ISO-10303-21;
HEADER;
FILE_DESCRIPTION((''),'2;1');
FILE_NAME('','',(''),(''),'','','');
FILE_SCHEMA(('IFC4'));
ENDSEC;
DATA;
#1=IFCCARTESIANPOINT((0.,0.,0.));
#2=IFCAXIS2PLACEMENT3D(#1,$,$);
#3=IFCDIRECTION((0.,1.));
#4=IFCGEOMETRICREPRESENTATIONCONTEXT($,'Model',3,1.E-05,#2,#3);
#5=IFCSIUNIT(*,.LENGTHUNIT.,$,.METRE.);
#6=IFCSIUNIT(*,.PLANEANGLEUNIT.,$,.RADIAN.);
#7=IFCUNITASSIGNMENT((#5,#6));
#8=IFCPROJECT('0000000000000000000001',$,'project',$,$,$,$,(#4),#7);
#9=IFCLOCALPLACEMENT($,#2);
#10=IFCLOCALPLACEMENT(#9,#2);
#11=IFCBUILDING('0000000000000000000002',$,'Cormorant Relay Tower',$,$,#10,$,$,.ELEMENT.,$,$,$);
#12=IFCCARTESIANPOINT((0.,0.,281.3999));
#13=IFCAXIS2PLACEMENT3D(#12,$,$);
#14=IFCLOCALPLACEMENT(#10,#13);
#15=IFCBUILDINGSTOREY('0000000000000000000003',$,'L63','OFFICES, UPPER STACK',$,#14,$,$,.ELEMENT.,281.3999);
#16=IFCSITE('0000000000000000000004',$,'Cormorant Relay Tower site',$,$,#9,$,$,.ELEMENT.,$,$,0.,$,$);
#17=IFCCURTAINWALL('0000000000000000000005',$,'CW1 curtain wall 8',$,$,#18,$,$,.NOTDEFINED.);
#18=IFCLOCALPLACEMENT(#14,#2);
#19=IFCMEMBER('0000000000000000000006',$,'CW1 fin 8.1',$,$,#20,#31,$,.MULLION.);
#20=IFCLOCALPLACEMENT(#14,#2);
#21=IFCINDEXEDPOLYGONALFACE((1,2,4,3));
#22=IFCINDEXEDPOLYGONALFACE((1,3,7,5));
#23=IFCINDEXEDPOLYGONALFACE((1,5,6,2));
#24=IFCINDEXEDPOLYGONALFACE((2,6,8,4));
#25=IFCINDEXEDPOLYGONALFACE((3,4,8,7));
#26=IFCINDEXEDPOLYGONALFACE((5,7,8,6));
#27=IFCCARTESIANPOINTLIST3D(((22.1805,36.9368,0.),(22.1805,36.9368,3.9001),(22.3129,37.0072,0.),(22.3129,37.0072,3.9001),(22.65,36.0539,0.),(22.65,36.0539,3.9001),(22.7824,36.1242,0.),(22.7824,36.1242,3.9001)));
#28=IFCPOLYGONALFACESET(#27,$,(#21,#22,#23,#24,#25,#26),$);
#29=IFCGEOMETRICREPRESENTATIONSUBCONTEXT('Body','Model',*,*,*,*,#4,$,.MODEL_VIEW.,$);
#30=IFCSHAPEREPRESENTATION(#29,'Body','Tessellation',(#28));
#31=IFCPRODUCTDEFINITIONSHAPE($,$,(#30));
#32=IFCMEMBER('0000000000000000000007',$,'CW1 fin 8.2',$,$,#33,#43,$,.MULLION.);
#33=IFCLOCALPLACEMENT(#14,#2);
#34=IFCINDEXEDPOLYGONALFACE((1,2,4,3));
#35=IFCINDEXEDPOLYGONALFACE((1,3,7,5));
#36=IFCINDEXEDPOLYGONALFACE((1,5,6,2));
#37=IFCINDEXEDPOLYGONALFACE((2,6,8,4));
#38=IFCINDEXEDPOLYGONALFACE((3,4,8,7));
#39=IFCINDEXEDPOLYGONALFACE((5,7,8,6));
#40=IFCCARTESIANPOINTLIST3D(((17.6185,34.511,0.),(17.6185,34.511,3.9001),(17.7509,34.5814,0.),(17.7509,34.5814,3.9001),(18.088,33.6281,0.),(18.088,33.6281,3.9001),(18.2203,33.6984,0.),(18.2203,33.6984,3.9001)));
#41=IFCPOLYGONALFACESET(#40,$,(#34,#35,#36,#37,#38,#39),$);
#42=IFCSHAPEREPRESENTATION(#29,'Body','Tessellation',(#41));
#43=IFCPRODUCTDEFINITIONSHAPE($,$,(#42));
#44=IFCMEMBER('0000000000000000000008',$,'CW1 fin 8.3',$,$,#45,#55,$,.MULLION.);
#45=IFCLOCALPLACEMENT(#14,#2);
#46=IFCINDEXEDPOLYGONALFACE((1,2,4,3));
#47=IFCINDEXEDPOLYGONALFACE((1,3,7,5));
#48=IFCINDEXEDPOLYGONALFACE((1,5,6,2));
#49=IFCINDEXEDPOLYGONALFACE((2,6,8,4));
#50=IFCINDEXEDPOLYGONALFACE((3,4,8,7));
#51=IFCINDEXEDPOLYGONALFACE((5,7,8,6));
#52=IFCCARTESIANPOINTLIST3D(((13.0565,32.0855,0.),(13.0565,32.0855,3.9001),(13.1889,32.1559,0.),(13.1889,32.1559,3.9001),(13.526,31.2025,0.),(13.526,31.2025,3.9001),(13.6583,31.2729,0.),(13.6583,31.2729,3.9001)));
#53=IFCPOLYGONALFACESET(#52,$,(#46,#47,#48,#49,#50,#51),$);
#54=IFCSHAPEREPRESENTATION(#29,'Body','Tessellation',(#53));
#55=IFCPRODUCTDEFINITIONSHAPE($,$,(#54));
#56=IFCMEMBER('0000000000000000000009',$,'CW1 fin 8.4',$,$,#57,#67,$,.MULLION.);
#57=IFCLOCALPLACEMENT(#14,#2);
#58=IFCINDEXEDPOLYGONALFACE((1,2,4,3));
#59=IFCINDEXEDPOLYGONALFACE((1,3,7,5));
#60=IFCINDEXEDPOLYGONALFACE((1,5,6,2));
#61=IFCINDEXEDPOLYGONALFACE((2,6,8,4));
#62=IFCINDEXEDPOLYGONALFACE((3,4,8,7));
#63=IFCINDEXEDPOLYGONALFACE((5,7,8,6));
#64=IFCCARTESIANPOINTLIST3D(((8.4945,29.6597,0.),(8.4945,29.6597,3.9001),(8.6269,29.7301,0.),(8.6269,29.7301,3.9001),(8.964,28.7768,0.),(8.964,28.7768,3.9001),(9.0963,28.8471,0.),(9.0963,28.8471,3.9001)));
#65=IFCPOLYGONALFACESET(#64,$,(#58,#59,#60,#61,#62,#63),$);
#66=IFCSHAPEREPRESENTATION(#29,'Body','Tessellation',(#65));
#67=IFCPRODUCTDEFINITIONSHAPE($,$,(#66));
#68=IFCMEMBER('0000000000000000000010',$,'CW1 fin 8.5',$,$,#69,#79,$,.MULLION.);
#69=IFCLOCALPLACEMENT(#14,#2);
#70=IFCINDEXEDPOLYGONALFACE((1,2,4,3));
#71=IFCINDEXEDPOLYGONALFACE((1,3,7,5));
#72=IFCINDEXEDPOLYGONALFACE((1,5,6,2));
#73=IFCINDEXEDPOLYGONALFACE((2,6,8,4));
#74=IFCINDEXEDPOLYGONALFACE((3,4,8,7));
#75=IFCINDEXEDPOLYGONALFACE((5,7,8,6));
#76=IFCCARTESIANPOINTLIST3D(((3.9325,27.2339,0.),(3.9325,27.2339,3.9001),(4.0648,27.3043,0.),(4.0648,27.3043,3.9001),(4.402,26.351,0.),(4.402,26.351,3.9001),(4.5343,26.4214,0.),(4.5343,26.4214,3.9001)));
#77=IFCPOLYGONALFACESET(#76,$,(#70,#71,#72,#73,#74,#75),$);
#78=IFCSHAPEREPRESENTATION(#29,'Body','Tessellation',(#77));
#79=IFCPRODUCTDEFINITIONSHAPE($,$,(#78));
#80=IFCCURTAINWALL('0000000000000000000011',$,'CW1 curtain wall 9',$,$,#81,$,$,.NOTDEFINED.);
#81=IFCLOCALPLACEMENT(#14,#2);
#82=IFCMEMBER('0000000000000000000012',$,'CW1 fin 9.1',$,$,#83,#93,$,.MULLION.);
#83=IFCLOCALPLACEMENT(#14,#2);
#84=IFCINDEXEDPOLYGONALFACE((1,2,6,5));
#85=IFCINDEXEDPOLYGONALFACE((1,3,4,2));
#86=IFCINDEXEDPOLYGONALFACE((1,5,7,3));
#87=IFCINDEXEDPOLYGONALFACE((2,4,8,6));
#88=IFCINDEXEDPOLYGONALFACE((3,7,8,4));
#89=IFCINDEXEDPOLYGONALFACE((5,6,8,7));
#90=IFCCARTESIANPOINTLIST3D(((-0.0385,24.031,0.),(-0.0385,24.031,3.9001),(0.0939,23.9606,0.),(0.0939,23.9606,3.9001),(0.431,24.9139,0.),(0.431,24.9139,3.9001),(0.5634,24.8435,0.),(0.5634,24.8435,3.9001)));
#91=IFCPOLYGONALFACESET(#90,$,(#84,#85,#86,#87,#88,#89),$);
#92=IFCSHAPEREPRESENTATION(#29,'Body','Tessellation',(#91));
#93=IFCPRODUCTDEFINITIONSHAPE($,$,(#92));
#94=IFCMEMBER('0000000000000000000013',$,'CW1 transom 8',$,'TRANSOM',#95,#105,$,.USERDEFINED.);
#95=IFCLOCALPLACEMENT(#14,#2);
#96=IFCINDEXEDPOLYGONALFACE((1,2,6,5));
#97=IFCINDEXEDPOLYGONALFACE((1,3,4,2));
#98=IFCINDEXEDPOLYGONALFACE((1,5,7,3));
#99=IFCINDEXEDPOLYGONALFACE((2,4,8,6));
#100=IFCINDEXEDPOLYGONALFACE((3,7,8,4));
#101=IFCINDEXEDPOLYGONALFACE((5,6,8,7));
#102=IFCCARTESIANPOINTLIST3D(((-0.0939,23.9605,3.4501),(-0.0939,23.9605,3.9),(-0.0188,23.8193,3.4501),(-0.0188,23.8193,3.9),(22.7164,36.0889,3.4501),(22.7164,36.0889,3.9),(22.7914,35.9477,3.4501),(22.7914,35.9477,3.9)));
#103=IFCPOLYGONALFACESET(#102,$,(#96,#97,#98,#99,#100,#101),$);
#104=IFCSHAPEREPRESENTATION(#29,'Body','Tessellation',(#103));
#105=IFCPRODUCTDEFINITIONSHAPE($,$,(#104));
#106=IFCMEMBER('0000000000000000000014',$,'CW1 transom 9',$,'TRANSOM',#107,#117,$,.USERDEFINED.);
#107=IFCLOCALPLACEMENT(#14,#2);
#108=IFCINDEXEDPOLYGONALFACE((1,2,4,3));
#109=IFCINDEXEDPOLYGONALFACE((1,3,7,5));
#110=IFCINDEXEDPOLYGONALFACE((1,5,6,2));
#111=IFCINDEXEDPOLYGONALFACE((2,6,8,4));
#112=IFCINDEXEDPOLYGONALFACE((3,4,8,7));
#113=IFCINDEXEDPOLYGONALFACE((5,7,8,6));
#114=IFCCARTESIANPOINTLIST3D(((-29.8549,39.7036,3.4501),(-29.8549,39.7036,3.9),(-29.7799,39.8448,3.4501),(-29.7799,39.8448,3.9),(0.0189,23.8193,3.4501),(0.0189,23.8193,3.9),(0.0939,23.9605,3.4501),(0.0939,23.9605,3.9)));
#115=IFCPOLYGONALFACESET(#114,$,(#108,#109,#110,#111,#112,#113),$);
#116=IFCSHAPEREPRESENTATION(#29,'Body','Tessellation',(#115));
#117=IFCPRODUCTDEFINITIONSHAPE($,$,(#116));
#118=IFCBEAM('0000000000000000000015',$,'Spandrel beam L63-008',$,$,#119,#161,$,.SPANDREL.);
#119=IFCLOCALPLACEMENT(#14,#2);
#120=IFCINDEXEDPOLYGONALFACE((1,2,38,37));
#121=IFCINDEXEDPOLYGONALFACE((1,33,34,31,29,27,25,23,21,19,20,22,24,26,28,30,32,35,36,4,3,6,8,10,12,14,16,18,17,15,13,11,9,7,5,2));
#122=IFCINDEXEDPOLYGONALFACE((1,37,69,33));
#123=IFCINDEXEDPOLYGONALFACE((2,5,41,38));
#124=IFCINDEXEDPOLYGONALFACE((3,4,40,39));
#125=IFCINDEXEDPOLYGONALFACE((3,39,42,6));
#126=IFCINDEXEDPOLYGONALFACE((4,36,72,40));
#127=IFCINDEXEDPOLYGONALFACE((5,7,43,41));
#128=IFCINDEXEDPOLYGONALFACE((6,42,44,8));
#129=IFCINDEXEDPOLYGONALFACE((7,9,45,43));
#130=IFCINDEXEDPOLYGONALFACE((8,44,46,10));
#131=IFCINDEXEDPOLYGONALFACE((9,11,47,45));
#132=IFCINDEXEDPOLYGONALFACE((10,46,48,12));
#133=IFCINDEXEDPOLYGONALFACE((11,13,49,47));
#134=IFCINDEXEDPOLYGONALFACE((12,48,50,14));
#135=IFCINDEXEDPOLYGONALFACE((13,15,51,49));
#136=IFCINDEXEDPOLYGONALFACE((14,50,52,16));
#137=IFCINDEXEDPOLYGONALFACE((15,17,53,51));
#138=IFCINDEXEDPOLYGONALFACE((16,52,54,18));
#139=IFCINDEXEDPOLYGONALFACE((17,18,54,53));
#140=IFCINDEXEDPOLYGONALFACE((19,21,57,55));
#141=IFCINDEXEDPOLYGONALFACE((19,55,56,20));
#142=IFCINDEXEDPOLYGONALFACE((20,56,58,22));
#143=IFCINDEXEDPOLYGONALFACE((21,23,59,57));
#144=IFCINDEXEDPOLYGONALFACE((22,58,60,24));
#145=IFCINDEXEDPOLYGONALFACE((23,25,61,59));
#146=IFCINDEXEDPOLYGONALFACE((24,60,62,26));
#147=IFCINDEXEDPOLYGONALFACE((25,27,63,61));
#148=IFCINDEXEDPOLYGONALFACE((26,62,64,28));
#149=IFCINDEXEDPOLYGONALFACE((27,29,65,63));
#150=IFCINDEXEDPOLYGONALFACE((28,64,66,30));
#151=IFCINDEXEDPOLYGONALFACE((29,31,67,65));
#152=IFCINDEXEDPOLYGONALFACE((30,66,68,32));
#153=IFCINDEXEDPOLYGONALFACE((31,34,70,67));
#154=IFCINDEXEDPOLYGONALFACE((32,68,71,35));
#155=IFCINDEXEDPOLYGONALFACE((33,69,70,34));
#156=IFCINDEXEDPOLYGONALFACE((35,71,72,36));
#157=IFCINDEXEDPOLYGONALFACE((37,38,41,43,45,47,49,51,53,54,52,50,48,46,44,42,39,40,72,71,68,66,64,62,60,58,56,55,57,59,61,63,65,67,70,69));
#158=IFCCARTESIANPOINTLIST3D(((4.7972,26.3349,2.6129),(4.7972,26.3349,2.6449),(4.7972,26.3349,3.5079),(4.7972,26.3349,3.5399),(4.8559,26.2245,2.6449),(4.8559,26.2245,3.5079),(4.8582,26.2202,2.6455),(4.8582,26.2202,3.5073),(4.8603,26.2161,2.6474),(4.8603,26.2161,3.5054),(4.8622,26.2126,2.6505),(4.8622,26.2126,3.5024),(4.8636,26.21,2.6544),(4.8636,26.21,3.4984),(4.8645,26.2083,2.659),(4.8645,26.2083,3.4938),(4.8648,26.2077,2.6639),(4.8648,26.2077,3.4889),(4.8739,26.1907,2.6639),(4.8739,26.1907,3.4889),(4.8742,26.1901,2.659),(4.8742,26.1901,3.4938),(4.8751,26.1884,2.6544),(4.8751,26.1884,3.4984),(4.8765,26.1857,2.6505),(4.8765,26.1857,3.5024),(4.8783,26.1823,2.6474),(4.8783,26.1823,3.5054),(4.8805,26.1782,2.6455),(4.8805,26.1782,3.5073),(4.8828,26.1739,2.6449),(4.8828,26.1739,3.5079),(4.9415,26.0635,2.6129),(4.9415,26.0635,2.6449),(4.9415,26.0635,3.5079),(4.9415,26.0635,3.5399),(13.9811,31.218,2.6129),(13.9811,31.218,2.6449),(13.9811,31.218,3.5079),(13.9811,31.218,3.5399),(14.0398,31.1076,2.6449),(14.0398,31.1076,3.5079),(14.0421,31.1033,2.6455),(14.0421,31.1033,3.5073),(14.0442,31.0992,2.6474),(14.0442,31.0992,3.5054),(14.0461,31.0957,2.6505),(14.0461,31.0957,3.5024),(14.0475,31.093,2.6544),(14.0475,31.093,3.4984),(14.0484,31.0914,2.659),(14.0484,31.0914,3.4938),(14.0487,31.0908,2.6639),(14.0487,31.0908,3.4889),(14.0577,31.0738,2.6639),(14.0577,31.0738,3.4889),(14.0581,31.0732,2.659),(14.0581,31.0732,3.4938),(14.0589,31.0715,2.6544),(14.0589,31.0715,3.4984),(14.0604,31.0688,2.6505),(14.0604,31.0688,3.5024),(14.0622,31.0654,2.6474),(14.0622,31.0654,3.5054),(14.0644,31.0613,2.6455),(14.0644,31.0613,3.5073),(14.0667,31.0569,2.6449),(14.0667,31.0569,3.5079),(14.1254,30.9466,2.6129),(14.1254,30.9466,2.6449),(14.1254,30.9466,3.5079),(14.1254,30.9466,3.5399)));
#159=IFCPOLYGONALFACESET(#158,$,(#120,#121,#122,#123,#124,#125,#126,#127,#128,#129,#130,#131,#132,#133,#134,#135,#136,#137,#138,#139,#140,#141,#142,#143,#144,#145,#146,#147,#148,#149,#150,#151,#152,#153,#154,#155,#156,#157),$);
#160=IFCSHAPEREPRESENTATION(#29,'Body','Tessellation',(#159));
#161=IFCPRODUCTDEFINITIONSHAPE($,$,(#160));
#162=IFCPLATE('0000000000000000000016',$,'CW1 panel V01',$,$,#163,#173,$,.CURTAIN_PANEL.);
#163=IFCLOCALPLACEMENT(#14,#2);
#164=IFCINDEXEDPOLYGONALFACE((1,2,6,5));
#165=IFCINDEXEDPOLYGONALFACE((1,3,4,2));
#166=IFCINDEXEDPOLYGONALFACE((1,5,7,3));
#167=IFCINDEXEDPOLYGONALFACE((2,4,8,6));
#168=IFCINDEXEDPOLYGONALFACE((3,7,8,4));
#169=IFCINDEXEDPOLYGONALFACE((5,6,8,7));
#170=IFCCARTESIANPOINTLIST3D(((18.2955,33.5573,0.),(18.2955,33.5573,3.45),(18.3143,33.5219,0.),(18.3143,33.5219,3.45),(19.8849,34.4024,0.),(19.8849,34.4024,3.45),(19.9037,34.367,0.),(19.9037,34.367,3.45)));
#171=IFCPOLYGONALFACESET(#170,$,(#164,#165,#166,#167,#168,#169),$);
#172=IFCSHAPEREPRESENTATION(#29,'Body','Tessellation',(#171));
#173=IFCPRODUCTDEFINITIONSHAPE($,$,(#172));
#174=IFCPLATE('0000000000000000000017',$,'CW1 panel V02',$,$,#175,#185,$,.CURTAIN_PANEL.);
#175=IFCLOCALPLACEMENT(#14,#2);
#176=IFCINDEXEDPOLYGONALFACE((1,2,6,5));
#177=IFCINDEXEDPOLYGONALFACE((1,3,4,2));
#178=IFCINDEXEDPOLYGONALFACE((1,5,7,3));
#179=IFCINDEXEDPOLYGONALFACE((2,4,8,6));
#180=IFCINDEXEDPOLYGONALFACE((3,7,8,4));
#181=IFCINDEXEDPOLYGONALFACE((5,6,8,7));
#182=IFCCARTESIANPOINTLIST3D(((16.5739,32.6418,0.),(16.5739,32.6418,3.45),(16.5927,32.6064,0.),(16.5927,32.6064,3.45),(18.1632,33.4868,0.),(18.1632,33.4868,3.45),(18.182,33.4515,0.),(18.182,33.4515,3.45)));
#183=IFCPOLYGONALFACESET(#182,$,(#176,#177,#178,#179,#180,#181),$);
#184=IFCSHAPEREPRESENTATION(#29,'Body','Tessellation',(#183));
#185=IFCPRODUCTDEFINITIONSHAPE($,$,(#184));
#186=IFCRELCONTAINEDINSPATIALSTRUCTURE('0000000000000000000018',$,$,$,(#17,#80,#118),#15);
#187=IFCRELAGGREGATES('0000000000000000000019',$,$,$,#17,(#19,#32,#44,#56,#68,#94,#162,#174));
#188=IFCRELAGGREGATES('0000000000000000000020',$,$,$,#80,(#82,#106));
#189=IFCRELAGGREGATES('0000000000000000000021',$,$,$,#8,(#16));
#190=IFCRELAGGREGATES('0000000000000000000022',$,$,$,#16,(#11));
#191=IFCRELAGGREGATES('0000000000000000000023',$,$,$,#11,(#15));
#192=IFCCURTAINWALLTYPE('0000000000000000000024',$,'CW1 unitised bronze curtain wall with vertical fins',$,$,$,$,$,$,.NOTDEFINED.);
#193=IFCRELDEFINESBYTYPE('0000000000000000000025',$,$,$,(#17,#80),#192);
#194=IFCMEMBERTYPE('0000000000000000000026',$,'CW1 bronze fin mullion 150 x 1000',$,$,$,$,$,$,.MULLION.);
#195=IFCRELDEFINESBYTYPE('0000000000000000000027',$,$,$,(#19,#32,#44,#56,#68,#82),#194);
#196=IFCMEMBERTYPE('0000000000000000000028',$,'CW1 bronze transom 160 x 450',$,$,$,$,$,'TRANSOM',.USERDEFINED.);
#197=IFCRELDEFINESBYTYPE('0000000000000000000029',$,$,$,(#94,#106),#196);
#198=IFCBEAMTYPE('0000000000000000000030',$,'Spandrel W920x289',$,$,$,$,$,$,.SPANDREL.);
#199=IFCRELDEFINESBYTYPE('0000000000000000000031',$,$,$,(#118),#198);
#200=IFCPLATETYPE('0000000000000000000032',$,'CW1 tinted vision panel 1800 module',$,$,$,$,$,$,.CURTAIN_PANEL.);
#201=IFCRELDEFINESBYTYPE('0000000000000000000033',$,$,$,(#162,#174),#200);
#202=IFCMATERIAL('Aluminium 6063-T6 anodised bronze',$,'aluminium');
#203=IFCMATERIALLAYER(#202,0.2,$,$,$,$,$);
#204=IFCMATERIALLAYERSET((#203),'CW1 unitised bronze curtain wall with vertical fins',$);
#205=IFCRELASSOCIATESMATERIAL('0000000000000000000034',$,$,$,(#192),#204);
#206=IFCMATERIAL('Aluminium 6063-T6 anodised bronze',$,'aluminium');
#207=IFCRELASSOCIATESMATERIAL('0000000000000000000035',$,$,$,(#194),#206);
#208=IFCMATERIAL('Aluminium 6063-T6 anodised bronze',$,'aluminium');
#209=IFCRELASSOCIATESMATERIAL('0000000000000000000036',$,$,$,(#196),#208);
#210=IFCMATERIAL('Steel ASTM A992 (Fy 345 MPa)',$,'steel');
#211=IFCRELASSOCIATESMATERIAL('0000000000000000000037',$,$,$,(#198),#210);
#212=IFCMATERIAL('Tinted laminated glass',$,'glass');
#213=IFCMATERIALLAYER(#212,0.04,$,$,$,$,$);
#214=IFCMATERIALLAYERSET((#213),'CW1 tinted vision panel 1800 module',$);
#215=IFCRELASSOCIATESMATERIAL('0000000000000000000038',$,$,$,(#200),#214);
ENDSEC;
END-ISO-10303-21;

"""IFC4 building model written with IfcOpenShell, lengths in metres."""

from ifc_helpers import new_model, si_unit, direction, frame, origin, origin_2d, place, context, subcontext, project, spatial, rectangle, i_section, extrude, material, layer, layer_set, material_profile, profile_set, type_object, element, aggregate, save


model = new_model("IFC4")

# Units and contexts
model_context = context("Model", 3, precision=1e-05, world=origin(), true_north=direction((0.0, 1.0)))
body_context = subcontext(model_context, "Body", "Model", "MODEL_VIEW")
ifc_project = project(units=[si_unit("LENGTHUNIT", "METRE"), si_unit("PLANEANGLEUNIT", "RADIAN")], contexts=[model_context])

# Site, building, storey
site_placement = place(None, origin())
site = spatial("IfcSite", under=ifc_project, at=site_placement, Name="Cormorant Relay Tower site", CompositionType="ELEMENT", RefElevation=0.0)
building_placement = place(site_placement, origin())
building = spatial("IfcBuilding", under=site, at=building_placement, Name="Cormorant Relay Tower", CompositionType="ELEMENT")
storey_placement = place(building_placement, frame((0.0, 0.0, 281.3999)))
storey = spatial("IfcBuildingStorey", under=building, at=storey_placement, Name="L63", Description="OFFICES, UPPER STACK", CompositionType="ELEMENT", Elevation=281.3999)

# Curtain wall, members
ifc_material_1 = material(Name="Aluminium 6063-T6 anodised bronze", Category="aluminium")
ifc_layer_1 = layer(ifc_material_1, 0.2)
ifc_layer_set_1 = layer_set([ifc_layer_1], Name="CW1 unitised bronze curtain wall with vertical fins")
curtain_wall_type = type_object("IfcCurtainWallType", Name="CW1 unitised bronze curtain wall with vertical fins", PredefinedType="NOTDEFINED", material=ifc_layer_set_1)
curtain_wall_1_placement = place(storey_placement, origin())
curtain_wall_1 = element("IfcCurtainWall", 1, at=curtain_wall_1_placement, inside=storey, type_object=curtain_wall_type, Name="CW1 curtain wall 8", PredefinedType="NOTDEFINED")
ifc_material_2 = material(Name="Aluminium 6063-T6 anodised bronze", Category="aluminium")
ifc_material_profile_1 = material_profile(ifc_material_2, rectangle(XDim=0.1499, YDim=1.0, at=origin_2d()), Name="AL 150x1000")
ifc_profile_set_1 = profile_set([ifc_material_profile_1], Name="Aluminium 6063-T6 anodised bronze")
member_type_1 = type_object("IfcMemberType", Name="CW1 bronze fin mullion 150 x 1000", PredefinedType="MULLION", material=ifc_profile_set_1)
member_1_placement = place(storey_placement, frame((22.4814, 36.5305, 0.0), z_axis=(0.0, 0.0, 1.0), x_axis=(-0.882948, -0.469472, 0.0)))
member_1 = element("IfcMember", 2, at=member_1_placement, type_object=member_type_1, Name="CW1 fin 8.1", PredefinedType="MULLION", context=body_context, shape_type="SweptSolid", body=[
    extrude(rectangle(XDim=0.1499, YDim=1.0, at=origin_2d()), origin(), (0.0, 0.0, 1.0), 3.9001),
])
member_2_placement = place(storey_placement, frame((17.9194, 34.1047, 0.0), z_axis=(0.0, 0.0, 1.0), x_axis=(-0.882948, -0.469472, 0.0)))
member_2 = element("IfcMember", 3, at=member_2_placement, type_object=member_type_1, Name="CW1 fin 8.2", PredefinedType="MULLION", context=body_context, shape_type="SweptSolid", body=[
    extrude(rectangle(XDim=0.1499, YDim=1.0, at=origin_2d()), origin(), (0.0, 0.0, 1.0), 3.9001),
])
member_3_placement = place(storey_placement, frame((13.3574, 31.6792, 0.0), z_axis=(0.0, 0.0, 1.0), x_axis=(-0.882948, -0.469472, 0.0)))
member_3 = element("IfcMember", 4, at=member_3_placement, type_object=member_type_1, Name="CW1 fin 8.3", PredefinedType="MULLION", context=body_context, shape_type="SweptSolid", body=[
    extrude(rectangle(XDim=0.1499, YDim=1.0, at=origin_2d()), origin(), (0.0, 0.0, 1.0), 3.9001),
])
member_4_placement = place(storey_placement, frame((8.7954, 29.2534, 0.0), z_axis=(0.0, 0.0, 1.0), x_axis=(-0.882948, -0.469472, 0.0)))
member_4 = element("IfcMember", 5, at=member_4_placement, type_object=member_type_1, Name="CW1 fin 8.4", PredefinedType="MULLION", context=body_context, shape_type="SweptSolid", body=[
    extrude(rectangle(XDim=0.1499, YDim=1.0, at=origin_2d()), origin(), (0.0, 0.0, 1.0), 3.9001),
])
member_5_placement = place(storey_placement, frame((4.2334, 26.8276, 0.0), z_axis=(0.0, 0.0, 1.0), x_axis=(-0.882948, -0.469472, 0.0)))
member_5 = element("IfcMember", 6, at=member_5_placement, type_object=member_type_1, Name="CW1 fin 8.5", PredefinedType="MULLION", context=body_context, shape_type="SweptSolid", body=[
    extrude(rectangle(XDim=0.1499, YDim=1.0, at=origin_2d()), origin(), (0.0, 0.0, 1.0), 3.9001),
])

# Curtain wall, member
curtain_wall_2_placement = place(storey_placement, origin())
curtain_wall_2 = element("IfcCurtainWall", 7, at=curtain_wall_2_placement, inside=storey, type_object=curtain_wall_type, Name="CW1 curtain wall 9", PredefinedType="NOTDEFINED")
member_6_placement = place(storey_placement, frame((0.2625, 24.4373, 0.0), z_axis=(0.0, 0.0, 1.0), x_axis=(-0.882948, 0.469472, 0.0)))
member_6 = element("IfcMember", 8, at=member_6_placement, type_object=member_type_1, Name="CW1 fin 9.1", PredefinedType="MULLION", context=body_context, shape_type="SweptSolid", body=[
    extrude(rectangle(XDim=0.1499, YDim=1.0, at=origin_2d()), origin(), (0.0, 0.0, 1.0), 3.9001),
])

# Members
ifc_material_3 = material(Name="Aluminium 6063-T6 anodised bronze", Category="aluminium")
ifc_material_profile_2 = material_profile(ifc_material_3, rectangle(XDim=0.1599, YDim=0.45, at=origin_2d()), Name="AL 160x450")
ifc_profile_set_2 = profile_set([ifc_material_profile_2], Name="Aluminium 6063-T6 anodised bronze")
member_type_2 = type_object("IfcMemberType", Name="CW1 bronze transom 160 x 450", ElementType="TRANSOM", PredefinedType="USERDEFINED", material=ifc_profile_set_2)
member_7_placement = place(storey_placement, frame((22.7539, 36.0183, 3.675), z_axis=(-0.882948, -0.469471, 0.0), x_axis=(0.469471, -0.882948, 0.0)))
member_7 = element("IfcMember", 9, at=member_7_placement, type_object=member_type_2, Name="CW1 transom 8", ObjectType="TRANSOM", PredefinedType="USERDEFINED", context=body_context, shape_type="SweptSolid", body=[
    extrude(rectangle(XDim=0.1599, YDim=0.45, at=origin_2d()), origin(), (0.0, 0.0, 1.0), 25.8342),
])
member_8_placement = place(storey_placement, frame((0.0564, 23.8899, 3.675), z_axis=(-0.882946, 0.469474, 0.0), x_axis=(-0.469474, -0.882946, 0.0)))
member_8 = element("IfcMember", 10, at=member_8_placement, type_object=member_type_2, Name="CW1 transom 9", ObjectType="TRANSOM", PredefinedType="USERDEFINED", context=body_context, shape_type="SweptSolid", body=[
    extrude(rectangle(XDim=0.1599, YDim=0.45, at=origin_2d()), origin(), (0.0, 0.0, 1.0), 33.8342),
])

# Beam
ifc_material_4 = material(Name="Steel ASTM A992 (Fy 345 MPa)", Category="steel")
ifc_material_profile_3 = material_profile(ifc_material_4, i_section(OverallWidth=0.3074, OverallDepth=0.927, WebThickness=0.0193, FlangeThickness=0.032, FilletRadius=0.019, at=origin_2d()), Name="W920x289")
ifc_profile_set_3 = profile_set([ifc_material_profile_3], Name="Steel ASTM A992 (Fy 345 MPa)")
beam_type = type_object("IfcBeamType", Name="Spandrel W920x289", PredefinedType="SPANDREL", material=ifc_profile_set_3)
beam_placement = place(storey_placement, frame((14.0532, 31.0823, 3.0764), z_axis=(-0.882951, -0.469466, 0.0), x_axis=(0.469466, -0.882951, 0.0)))
element("IfcBeam", 11, at=beam_placement, inside=storey, type_object=beam_type, Name="Spandrel beam L63-008", PredefinedType="SPANDREL", context=body_context, shape_type="SweptSolid", body=[
    extrude(i_section(OverallWidth=0.3074, OverallDepth=0.927, WebThickness=0.0193, FlangeThickness=0.032, FilletRadius=0.019, at=origin_2d()), origin(), (0.0, 0.0, 1.0), 10.4014),
])

# Plates
ifc_material_5 = material(Name="Tinted laminated glass", Category="glass")
ifc_layer_2 = layer(ifc_material_5, 0.04)
ifc_layer_set_2 = layer_set([ifc_layer_2], Name="CW1 tinted vision panel 1800 module")
plate_type_1 = type_object("IfcPlateType", Name="CW1 tinted vision panel 1800 module", PredefinedType="CURTAIN_PANEL", material=ifc_layer_set_2)
plate_1_placement = place(storey_placement, frame((19.0996, 33.9622, 0.0), z_axis=(0.0, 0.0, 1.0), x_axis=(-0.882948, -0.469472, 0.0)))
plate_1 = element("IfcPlate", 12, at=plate_1_placement, type_object=plate_type_1, Name="CW1 panel V01", PredefinedType="CURTAIN_PANEL", context=body_context, shape_type="SweptSolid", body=[
    extrude(rectangle(XDim=1.8, YDim=0.04, at=origin_2d()), origin(), (0.0, 0.0, 1.0), 3.45),
])
plate_2_placement = place(storey_placement, frame((17.3779, 33.0466, 0.0), z_axis=(0.0, 0.0, 1.0), x_axis=(-0.882948, -0.469472, 0.0)))
plate_2 = element("IfcPlate", 13, at=plate_2_placement, type_object=plate_type_1, Name="CW1 panel V02", PredefinedType="CURTAIN_PANEL", context=body_context, shape_type="SweptSolid", body=[
    extrude(rectangle(XDim=1.8, YDim=0.04, at=origin_2d()), origin(), (0.0, 0.0, 1.0), 3.45),
])

aggregate(curtain_wall_1, [member_1, member_2, member_3, member_4, member_5, member_7, plate_1, plate_2])
aggregate(curtain_wall_2, [member_6, member_8])

save(model, "model.ifc")
